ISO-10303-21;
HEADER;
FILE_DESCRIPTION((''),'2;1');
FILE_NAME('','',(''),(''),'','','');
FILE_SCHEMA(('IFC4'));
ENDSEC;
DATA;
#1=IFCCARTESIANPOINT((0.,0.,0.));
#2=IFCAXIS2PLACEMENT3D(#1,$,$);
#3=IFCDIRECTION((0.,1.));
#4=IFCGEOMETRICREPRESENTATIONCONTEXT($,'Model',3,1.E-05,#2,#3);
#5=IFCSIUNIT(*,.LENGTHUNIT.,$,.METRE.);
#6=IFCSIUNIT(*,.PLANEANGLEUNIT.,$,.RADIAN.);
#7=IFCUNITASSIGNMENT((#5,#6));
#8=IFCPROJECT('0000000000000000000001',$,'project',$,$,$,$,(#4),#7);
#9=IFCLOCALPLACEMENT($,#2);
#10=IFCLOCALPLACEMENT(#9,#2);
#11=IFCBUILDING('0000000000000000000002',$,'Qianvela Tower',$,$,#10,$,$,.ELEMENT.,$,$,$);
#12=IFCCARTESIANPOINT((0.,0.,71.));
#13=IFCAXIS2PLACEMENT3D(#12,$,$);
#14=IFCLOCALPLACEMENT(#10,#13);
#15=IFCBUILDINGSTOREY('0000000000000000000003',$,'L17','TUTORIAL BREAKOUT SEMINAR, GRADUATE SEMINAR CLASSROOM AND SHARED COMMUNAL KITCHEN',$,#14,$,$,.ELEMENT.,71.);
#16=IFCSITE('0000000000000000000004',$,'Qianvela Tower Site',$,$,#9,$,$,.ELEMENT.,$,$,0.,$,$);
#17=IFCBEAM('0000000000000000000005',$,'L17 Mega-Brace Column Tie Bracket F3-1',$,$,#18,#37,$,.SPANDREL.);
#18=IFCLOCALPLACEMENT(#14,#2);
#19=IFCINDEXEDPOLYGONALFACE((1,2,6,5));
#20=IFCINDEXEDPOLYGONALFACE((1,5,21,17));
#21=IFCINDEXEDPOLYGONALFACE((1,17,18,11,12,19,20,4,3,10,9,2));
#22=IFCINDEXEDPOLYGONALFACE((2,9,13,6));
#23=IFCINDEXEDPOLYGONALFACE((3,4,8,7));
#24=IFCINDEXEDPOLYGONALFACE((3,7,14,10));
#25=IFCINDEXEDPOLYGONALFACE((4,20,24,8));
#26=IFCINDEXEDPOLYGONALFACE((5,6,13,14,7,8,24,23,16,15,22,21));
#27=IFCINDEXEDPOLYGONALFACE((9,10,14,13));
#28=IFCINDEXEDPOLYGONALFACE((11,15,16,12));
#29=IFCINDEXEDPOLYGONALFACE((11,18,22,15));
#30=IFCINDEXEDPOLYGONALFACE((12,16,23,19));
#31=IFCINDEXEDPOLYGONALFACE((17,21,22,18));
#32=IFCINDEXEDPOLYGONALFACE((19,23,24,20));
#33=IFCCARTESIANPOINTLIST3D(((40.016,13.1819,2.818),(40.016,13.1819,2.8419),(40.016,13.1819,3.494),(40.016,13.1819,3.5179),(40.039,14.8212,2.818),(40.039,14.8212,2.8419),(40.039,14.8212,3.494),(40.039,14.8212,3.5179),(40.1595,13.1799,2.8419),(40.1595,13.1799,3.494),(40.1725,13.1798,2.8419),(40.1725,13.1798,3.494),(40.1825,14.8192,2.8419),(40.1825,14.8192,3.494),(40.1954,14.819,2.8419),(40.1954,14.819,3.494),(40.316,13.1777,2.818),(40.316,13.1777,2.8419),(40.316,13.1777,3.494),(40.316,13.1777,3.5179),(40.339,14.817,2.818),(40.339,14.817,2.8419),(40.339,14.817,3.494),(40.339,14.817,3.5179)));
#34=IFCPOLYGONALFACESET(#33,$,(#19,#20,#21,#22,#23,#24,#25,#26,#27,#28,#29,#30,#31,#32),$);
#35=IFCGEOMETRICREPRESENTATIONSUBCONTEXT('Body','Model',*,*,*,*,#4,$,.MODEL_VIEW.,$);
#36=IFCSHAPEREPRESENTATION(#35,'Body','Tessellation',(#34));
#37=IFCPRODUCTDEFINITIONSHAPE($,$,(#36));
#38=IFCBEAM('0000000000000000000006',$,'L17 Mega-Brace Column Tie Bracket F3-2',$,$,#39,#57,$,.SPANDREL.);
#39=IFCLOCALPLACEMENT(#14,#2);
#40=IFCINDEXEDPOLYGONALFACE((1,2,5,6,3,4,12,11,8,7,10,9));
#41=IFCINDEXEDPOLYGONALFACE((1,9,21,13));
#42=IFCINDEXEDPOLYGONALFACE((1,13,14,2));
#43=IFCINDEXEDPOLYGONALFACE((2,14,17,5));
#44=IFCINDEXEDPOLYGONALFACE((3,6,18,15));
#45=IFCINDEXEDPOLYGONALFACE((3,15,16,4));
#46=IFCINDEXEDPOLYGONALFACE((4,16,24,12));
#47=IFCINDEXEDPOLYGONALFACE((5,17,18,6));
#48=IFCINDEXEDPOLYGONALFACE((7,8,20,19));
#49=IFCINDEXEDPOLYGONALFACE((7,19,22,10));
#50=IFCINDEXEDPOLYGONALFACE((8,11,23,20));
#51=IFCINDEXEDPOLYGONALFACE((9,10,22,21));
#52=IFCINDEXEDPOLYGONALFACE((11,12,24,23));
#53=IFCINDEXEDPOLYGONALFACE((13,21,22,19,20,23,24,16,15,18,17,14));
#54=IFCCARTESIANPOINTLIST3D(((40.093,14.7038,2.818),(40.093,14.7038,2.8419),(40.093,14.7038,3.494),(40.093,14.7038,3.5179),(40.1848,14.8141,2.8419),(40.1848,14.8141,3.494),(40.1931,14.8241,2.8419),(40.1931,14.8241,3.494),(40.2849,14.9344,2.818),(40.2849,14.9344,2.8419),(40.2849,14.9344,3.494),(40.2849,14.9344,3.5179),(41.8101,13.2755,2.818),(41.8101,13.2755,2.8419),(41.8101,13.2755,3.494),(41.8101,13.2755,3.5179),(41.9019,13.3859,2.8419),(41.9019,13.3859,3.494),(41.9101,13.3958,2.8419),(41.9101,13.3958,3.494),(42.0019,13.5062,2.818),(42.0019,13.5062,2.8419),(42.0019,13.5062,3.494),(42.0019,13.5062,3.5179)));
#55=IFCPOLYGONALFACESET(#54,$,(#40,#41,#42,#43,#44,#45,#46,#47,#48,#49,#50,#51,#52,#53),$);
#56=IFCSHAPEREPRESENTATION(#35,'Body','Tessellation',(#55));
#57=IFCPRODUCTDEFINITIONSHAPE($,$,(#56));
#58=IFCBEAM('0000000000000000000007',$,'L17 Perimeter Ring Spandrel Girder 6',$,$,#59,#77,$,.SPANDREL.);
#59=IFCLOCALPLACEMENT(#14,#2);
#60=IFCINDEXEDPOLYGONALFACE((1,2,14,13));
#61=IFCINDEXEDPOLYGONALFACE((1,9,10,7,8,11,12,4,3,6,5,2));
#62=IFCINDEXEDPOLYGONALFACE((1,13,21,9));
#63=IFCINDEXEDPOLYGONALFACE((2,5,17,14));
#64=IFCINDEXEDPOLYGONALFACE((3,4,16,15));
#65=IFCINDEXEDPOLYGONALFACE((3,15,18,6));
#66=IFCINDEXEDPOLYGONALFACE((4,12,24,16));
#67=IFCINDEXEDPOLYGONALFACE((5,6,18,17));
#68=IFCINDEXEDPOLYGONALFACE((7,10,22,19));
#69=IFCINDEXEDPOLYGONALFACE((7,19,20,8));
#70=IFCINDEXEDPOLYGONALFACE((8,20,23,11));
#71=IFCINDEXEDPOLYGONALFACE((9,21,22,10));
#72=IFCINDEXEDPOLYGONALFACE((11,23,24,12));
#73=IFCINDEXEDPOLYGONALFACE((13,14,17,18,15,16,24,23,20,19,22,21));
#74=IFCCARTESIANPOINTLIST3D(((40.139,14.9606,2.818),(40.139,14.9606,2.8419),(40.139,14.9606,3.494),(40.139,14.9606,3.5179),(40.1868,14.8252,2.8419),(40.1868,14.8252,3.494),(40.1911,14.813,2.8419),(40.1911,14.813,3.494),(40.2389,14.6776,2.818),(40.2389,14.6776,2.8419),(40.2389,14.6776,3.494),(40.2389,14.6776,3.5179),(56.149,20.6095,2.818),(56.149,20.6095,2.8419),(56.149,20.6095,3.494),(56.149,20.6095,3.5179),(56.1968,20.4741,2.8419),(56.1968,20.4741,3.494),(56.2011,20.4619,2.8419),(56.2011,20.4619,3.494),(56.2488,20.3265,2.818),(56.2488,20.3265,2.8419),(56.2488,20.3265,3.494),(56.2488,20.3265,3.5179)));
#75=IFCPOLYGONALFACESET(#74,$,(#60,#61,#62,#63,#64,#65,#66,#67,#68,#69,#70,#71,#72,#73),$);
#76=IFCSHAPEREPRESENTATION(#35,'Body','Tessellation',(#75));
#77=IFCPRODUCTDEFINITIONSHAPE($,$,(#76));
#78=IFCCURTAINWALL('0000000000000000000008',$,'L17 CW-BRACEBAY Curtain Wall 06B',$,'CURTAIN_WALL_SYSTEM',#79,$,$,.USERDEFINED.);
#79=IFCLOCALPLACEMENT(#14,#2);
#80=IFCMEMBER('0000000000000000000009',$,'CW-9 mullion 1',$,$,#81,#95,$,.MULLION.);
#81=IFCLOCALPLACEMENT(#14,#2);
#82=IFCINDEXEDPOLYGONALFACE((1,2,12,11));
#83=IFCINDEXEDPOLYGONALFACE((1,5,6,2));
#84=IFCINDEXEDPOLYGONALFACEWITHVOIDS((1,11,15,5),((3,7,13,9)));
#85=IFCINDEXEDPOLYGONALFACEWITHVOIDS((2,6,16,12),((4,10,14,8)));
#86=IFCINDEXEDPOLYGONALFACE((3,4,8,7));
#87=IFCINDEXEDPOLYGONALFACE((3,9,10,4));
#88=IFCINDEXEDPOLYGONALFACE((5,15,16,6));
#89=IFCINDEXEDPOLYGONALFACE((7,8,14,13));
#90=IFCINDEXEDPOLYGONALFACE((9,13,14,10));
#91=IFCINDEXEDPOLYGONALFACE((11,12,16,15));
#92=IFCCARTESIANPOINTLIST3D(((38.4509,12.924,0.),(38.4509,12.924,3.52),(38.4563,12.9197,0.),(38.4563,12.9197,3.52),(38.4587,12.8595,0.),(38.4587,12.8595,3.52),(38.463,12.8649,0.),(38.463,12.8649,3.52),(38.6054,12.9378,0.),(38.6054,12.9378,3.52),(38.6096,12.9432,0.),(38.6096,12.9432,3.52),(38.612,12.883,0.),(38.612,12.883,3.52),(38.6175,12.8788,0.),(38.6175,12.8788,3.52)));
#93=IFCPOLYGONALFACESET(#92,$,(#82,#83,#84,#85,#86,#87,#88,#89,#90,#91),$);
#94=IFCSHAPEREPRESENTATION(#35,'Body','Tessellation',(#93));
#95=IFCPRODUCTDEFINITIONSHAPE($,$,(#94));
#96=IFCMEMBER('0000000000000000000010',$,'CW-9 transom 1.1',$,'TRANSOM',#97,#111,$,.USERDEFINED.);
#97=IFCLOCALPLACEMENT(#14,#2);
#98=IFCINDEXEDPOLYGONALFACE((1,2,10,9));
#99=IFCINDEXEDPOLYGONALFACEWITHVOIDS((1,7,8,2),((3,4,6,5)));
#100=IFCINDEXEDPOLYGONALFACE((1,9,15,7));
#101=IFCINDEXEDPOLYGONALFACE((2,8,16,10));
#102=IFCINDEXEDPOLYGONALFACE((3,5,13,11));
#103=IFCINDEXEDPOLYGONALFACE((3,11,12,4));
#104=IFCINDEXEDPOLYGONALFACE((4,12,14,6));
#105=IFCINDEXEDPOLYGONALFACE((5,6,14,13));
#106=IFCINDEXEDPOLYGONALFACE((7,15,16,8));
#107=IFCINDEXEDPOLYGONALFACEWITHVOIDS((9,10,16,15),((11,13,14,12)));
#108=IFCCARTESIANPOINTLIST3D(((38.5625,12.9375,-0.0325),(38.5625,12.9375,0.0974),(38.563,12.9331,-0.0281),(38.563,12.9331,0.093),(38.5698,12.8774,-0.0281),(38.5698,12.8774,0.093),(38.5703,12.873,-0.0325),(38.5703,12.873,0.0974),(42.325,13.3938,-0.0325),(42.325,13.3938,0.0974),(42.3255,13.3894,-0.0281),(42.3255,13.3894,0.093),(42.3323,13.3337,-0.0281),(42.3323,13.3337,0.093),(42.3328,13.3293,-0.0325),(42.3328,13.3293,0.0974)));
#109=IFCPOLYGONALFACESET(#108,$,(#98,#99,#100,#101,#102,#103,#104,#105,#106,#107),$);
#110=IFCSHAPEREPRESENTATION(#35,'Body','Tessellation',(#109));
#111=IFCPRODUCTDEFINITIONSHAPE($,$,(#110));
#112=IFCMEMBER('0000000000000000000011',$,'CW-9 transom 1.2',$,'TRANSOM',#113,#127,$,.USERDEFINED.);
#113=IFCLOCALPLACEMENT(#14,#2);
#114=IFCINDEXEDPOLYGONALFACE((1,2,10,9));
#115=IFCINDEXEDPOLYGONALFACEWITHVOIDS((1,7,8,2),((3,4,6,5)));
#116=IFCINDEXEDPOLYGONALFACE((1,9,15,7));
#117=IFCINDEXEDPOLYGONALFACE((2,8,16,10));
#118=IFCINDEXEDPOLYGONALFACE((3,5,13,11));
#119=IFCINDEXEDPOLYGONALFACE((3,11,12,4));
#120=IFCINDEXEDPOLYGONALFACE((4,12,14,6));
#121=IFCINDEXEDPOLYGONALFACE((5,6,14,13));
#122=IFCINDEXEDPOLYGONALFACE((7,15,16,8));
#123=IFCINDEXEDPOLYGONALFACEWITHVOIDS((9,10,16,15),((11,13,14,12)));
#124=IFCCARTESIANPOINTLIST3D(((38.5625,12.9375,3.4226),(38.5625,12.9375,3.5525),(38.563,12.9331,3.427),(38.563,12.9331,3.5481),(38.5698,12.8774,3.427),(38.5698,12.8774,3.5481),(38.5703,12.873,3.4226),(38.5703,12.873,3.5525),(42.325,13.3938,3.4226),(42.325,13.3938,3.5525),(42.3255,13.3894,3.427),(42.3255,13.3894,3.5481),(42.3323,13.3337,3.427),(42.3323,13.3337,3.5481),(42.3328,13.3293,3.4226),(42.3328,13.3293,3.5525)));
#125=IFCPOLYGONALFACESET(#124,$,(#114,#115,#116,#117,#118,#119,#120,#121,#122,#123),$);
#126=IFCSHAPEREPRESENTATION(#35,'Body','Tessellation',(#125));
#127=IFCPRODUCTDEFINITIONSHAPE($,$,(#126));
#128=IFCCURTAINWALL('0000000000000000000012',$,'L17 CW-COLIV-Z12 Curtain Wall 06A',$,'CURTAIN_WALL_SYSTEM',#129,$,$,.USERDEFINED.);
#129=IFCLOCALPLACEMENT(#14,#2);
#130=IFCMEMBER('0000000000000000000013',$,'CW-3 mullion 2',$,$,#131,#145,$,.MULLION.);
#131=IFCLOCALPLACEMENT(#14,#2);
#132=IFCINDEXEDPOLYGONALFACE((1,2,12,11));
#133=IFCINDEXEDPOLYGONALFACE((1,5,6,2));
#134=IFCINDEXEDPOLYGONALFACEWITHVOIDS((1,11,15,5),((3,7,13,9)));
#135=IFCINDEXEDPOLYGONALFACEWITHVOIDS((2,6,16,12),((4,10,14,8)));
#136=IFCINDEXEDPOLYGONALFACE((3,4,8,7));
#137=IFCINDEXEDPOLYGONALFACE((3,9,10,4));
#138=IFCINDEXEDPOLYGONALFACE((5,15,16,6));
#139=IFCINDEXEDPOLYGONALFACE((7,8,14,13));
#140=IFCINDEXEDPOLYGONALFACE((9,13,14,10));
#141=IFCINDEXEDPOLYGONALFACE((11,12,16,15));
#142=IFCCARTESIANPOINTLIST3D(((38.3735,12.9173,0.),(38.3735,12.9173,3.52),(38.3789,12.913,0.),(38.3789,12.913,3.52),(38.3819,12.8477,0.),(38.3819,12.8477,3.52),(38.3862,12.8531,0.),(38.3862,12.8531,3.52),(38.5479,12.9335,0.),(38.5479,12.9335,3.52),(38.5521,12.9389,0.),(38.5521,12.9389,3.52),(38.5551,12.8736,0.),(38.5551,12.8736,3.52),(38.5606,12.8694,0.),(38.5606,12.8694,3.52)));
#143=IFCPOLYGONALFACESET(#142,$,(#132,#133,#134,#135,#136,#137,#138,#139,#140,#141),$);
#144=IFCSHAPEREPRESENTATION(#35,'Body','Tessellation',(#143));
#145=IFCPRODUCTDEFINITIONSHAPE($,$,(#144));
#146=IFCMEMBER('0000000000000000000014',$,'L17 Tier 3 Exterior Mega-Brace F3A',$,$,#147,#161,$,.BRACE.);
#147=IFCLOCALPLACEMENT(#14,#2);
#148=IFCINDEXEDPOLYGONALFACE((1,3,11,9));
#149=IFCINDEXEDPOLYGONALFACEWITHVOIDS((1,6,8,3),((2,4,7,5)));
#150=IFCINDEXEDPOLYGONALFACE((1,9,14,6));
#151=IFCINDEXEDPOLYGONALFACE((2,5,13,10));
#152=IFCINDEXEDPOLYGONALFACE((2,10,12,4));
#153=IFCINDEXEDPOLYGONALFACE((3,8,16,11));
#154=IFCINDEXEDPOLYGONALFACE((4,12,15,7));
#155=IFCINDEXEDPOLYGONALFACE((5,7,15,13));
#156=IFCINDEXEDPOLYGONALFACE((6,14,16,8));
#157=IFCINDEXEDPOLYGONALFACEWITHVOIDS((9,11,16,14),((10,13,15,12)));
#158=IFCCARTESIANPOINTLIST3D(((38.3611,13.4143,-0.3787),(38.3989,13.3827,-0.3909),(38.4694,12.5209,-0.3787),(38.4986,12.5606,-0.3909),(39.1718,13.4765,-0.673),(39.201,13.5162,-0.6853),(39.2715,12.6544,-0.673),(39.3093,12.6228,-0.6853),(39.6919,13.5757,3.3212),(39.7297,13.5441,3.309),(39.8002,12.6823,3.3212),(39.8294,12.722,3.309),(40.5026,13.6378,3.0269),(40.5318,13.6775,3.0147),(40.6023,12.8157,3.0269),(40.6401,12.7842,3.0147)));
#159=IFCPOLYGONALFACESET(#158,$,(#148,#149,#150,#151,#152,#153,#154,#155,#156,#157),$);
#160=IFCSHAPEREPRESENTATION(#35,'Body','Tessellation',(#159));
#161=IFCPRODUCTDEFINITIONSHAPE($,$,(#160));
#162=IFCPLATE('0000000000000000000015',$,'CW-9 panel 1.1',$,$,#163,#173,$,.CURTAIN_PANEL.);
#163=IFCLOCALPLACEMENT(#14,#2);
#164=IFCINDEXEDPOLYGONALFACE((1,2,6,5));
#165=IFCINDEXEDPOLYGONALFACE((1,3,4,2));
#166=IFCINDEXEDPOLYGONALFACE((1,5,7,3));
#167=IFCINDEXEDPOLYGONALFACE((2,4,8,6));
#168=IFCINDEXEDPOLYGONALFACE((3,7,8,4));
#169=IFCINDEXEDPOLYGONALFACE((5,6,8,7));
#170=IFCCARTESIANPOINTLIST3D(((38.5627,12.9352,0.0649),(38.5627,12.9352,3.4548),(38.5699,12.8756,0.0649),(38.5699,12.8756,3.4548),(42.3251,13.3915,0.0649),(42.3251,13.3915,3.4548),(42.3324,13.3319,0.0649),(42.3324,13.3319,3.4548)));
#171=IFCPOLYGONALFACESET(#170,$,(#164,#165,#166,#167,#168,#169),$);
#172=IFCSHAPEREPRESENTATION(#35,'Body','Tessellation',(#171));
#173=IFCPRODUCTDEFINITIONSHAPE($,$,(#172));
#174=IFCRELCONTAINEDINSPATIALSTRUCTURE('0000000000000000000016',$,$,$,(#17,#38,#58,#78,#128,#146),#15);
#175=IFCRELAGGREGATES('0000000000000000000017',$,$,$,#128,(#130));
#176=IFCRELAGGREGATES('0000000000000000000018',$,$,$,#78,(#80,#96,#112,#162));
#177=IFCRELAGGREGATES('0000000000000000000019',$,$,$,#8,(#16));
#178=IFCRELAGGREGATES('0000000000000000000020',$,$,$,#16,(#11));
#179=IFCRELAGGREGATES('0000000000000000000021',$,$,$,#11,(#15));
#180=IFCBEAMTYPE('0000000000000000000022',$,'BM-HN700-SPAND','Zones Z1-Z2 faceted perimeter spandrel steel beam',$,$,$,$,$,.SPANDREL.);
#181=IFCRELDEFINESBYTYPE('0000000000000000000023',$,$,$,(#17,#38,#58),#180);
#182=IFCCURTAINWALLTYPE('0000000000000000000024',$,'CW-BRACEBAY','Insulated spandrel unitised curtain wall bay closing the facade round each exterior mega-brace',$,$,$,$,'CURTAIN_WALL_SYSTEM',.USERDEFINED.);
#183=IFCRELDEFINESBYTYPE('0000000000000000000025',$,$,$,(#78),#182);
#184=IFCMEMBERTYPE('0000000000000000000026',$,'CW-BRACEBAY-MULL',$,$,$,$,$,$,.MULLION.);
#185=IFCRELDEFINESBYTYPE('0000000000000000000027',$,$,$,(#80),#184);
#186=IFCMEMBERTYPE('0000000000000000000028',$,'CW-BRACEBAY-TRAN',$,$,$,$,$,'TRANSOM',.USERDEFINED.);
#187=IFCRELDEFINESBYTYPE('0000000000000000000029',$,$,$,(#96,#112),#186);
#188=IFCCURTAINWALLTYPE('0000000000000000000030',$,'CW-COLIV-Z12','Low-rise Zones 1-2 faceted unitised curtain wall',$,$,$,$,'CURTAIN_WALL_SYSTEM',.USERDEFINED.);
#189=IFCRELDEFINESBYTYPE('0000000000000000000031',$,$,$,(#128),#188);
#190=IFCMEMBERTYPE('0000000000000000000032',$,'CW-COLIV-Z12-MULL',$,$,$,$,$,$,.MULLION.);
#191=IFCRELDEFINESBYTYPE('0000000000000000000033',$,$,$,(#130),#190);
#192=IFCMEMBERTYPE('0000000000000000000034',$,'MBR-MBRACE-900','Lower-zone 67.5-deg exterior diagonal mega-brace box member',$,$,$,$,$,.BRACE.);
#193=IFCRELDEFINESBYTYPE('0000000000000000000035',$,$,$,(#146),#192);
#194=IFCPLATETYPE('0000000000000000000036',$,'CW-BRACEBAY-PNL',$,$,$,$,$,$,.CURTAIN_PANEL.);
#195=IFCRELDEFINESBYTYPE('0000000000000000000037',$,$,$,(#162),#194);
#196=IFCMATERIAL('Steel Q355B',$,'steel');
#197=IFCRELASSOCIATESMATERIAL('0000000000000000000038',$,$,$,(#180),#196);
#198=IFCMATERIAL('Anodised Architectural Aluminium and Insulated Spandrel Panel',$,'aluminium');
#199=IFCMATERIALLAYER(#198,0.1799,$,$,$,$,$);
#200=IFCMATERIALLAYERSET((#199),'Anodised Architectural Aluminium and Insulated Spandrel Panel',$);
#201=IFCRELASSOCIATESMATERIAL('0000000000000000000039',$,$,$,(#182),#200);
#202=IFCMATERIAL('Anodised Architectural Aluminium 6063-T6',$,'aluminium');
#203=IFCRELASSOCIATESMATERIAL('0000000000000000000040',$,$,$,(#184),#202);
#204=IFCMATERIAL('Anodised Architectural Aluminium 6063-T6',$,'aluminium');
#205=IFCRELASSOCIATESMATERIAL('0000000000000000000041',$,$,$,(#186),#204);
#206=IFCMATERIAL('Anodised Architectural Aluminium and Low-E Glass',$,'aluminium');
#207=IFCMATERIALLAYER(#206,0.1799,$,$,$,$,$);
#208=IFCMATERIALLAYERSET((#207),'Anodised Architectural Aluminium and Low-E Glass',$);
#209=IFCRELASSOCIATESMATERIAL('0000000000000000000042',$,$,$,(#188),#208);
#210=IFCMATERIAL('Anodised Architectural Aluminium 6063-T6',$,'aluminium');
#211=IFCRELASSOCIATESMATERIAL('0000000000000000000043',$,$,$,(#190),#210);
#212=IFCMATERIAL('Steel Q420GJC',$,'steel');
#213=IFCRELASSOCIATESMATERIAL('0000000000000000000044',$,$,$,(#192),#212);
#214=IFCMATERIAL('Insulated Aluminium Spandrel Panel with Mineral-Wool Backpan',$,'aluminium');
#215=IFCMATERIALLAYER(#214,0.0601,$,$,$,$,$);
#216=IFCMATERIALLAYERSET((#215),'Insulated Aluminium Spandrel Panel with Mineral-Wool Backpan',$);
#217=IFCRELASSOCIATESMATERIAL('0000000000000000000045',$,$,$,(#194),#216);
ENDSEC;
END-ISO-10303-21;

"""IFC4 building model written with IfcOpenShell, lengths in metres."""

from ifc_helpers import new_model, si_unit, direction, frame, origin, origin_2d, place, context, subcontext, project, spatial, rectangle, hollow_rectangle, i_section, extrude, material, layer, layer_set, material_profile, profile_set, type_object, element, aggregate, save


model = new_model("IFC4")

# Units and contexts
model_context = context("Model", 3, precision=1e-05, world=origin(), true_north=direction((0.0, 1.0)))
body_context = subcontext(model_context, "Body", "Model", "MODEL_VIEW")
ifc_project = project(units=[si_unit("LENGTHUNIT", "METRE"), si_unit("PLANEANGLEUNIT", "RADIAN")], contexts=[model_context])

# Site, building, storey
site_placement = place(None, origin())
site = spatial("IfcSite", under=ifc_project, at=site_placement, Name="Qianvela Tower Site", CompositionType="ELEMENT", RefElevation=0.0)
building_placement = place(site_placement, origin())
building = spatial("IfcBuilding", under=site, at=building_placement, Name="Qianvela Tower", CompositionType="ELEMENT")
storey_placement = place(building_placement, frame((0.0, 0.0, 71.0)))
storey = spatial("IfcBuildingStorey", under=building, at=storey_placement, Name="L17", Description="TUTORIAL BREAKOUT SEMINAR, GRADUATE SEMINAR CLASSROOM AND SHARED COMMUNAL KITCHEN", CompositionType="ELEMENT", Elevation=71.0)

# Beams
ifc_material_1 = material(Name="Steel Q355B", Category="steel")
ifc_material_profile_1 = material_profile(ifc_material_1, i_section(OverallWidth=0.3, OverallDepth=0.7, WebThickness=0.0129, FlangeThickness=0.0239, at=origin_2d()), Name="HN700x300x13x24")
ifc_profile_set_1 = profile_set([ifc_material_profile_1], Name="Steel Q355B")
beam_type_1 = type_object("IfcBeamType", Name="BM-HN700-SPAND", Description="Zones Z1-Z2 faceted perimeter spandrel steel beam", PredefinedType="SPANDREL", material=ifc_profile_set_1)
beam_1_placement = place(storey_placement, frame((40.189, 14.8191, 3.168), z_axis=(-0.013999, -0.999902, 0.0), x_axis=(0.999902, -0.013999, 0.0)))
element("IfcBeam", 1, at=beam_1_placement, inside=storey, type_object=beam_type_1, Name="L17 Mega-Brace Column Tie Bracket F3-1", PredefinedType="SPANDREL", context=body_context, shape_type="SweptSolid", body=[
    extrude(i_section(OverallWidth=0.3, OverallDepth=0.7, WebThickness=0.0129, FlangeThickness=0.0239, at=origin_2d()), origin(), (0.0, 0.0, 1.0), 1.6394),
])
beam_2_placement = place(storey_placement, frame((40.189, 14.8191, 3.168), z_axis=(0.768803, -0.639485, 0.0), x_axis=(0.639485, 0.768803, 0.0)))
element("IfcBeam", 2, at=beam_2_placement, inside=storey, type_object=beam_type_1, Name="L17 Mega-Brace Column Tie Bracket F3-2", PredefinedType="SPANDREL", context=body_context, shape_type="SweptSolid", body=[
    extrude(i_section(OverallWidth=0.3, OverallDepth=0.7, WebThickness=0.0129, FlangeThickness=0.0239, at=origin_2d()), origin(), (0.0, 0.0, 1.0), 2.2334),
])
beam_3_placement = place(storey_placement, frame((40.189, 14.8191, 3.168), z_axis=(0.943021, 0.332733, 0.0), x_axis=(-0.332733, 0.943021, 0.0)))
element("IfcBeam", 3, at=beam_3_placement, inside=storey, type_object=beam_type_1, Name="L17 Perimeter Ring Spandrel Girder 6", PredefinedType="SPANDREL", context=body_context, shape_type="SweptSolid", body=[
    extrude(i_section(OverallWidth=0.3, OverallDepth=0.7, WebThickness=0.0129, FlangeThickness=0.0239, at=origin_2d()), origin(), (0.0, 0.0, 1.0), 16.9773),
])

# Curtain wall, members
ifc_material_2 = material(Name="Anodised Architectural Aluminium and Insulated Spandrel Panel", Category="aluminium")
ifc_layer_1 = layer(ifc_material_2, 0.1799)
ifc_layer_set_1 = layer_set([ifc_layer_1], Name="Anodised Architectural Aluminium and Insulated Spandrel Panel")
curtain_wall_type_1 = type_object("IfcCurtainWallType", Name="CW-BRACEBAY", Description="Insulated spandrel unitised curtain wall bay closing the facade round each exterior mega-brace", ElementType="CURTAIN_WALL_SYSTEM", PredefinedType="USERDEFINED", material=ifc_layer_set_1)
curtain_wall_1_placement = place(storey_placement, origin())
curtain_wall_1 = element("IfcCurtainWall", 4, at=curtain_wall_1_placement, inside=storey, type_object=curtain_wall_type_1, Name="L17 CW-BRACEBAY Curtain Wall 06B", ObjectType="CURTAIN_WALL_SYSTEM", PredefinedType="USERDEFINED")
ifc_material_3 = material(Name="Anodised Architectural Aluminium 6063-T6", Category="aluminium")
ifc_material_profile_2 = material_profile(ifc_material_3, hollow_rectangle(XDim=0.0649, YDim=0.1599, WallThickness=0.0049, at=origin_2d()), Name="ALU-MULL-65x160")
ifc_profile_set_2 = profile_set([ifc_material_profile_2], Name="Anodised Architectural Aluminium 6063-T6")
member_type_1 = type_object("IfcMemberType", Name="CW-BRACEBAY-MULL", PredefinedType="MULLION", material=ifc_profile_set_2)
member_1_placement = place(storey_placement, frame((38.5342, 12.9014, 0.0), z_axis=(0.0, 0.0, 1.0), x_axis=(-0.120382, 0.992728, 0.0)))
member_1 = element("IfcMember", 5, at=member_1_placement, type_object=member_type_1, Name="CW-9 mullion 1", PredefinedType="MULLION", context=body_context, shape_type="SweptSolid", body=[
    extrude(hollow_rectangle(XDim=0.0649, YDim=0.1599, WallThickness=0.0049, at=origin_2d()), origin(), (0.0, 0.0, 1.0), 3.52),
])
ifc_material_4 = material(Name="Anodised Architectural Aluminium 6063-T6", Category="aluminium")
ifc_material_profile_3 = material_profile(ifc_material_4, hollow_rectangle(XDim=0.0649, YDim=0.1299, WallThickness=0.0044, at=origin_2d()), Name="ALU-TRAN-65x130")
ifc_profile_set_3 = profile_set([ifc_material_profile_3], Name="Anodised Architectural Aluminium 6063-T6")
member_type_2 = type_object("IfcMemberType", Name="CW-BRACEBAY-TRAN", ElementType="TRANSOM", PredefinedType="USERDEFINED", material=ifc_profile_set_3)
member_2_placement = place(storey_placement, frame((38.5664, 12.9053, 0.0325), z_axis=(0.992726, 0.120395, 0.0), x_axis=(-0.120395, 0.992726, 0.0)))
member_2 = element("IfcMember", 6, at=member_2_placement, type_object=member_type_2, Name="CW-9 transom 1.1", ObjectType="TRANSOM", PredefinedType="USERDEFINED", context=body_context, shape_type="SweptSolid", body=[
    extrude(hollow_rectangle(XDim=0.0649, YDim=0.1299, WallThickness=0.0044, at=origin_2d()), origin(), (0.0, 0.0, 1.0), 3.79),
])
member_3_placement = place(storey_placement, frame((38.5664, 12.9053, 3.4875), z_axis=(0.992726, 0.120395, 0.0), x_axis=(-0.120395, 0.992726, 0.0)))
member_3 = element("IfcMember", 7, at=member_3_placement, type_object=member_type_2, Name="CW-9 transom 1.2", ObjectType="TRANSOM", PredefinedType="USERDEFINED", context=body_context, shape_type="SweptSolid", body=[
    extrude(hollow_rectangle(XDim=0.0649, YDim=0.1299, WallThickness=0.0044, at=origin_2d()), origin(), (0.0, 0.0, 1.0), 3.79),
])

# Curtain wall, member
ifc_material_5 = material(Name="Anodised Architectural Aluminium and Low-E Glass", Category="aluminium")
ifc_layer_2 = layer(ifc_material_5, 0.1799)
ifc_layer_set_2 = layer_set([ifc_layer_2], Name="Anodised Architectural Aluminium and Low-E Glass")
curtain_wall_type_2 = type_object("IfcCurtainWallType", Name="CW-COLIV-Z12", Description="Low-rise Zones 1-2 faceted unitised curtain wall", ElementType="CURTAIN_WALL_SYSTEM", PredefinedType="USERDEFINED", material=ifc_layer_set_2)
curtain_wall_2_placement = place(storey_placement, origin())
curtain_wall_2 = element("IfcCurtainWall", 8, at=curtain_wall_2_placement, inside=storey, type_object=curtain_wall_type_2, Name="L17 CW-COLIV-Z12 Curtain Wall 06A", ObjectType="CURTAIN_WALL_SYSTEM", PredefinedType="USERDEFINED")
ifc_material_6 = material(Name="Anodised Architectural Aluminium 6063-T6", Category="aluminium")
ifc_material_profile_4 = material_profile(ifc_material_6, hollow_rectangle(XDim=0.0701, YDim=0.1799, WallThickness=0.0049, at=origin_2d()), Name="ALU-MULL-70x180")
ifc_profile_set_4 = profile_set([ifc_material_profile_4], Name="Anodised Architectural Aluminium 6063-T6")
member_type_3 = type_object("IfcMemberType", Name="CW-COLIV-Z12-MULL", PredefinedType="MULLION", material=ifc_profile_set_4)
member_4_placement = place(storey_placement, frame((38.467, 12.8933, 0.0), z_axis=(0.0, 0.0, 1.0), x_axis=(-0.12036, 0.99273, 0.0)))
member_4 = element("IfcMember", 9, at=member_4_placement, type_object=member_type_3, Name="CW-3 mullion 2", PredefinedType="MULLION", context=body_context, shape_type="SweptSolid", body=[
    extrude(hollow_rectangle(XDim=0.0701, YDim=0.1799, WallThickness=0.0049, at=origin_2d()), origin(), (0.0, 0.0, 1.0), 3.52),
])
aggregate(curtain_wall_2, [member_4])

# Member
ifc_material_7 = material(Name="Steel Q420GJC", Category="steel")
ifc_material_profile_5 = material_profile(ifc_material_7, hollow_rectangle(XDim=0.8999, YDim=0.8999, WallThickness=0.0359, at=origin_2d()), Name="MBOX-900x900x36")
ifc_profile_set_5 = profile_set([ifc_material_profile_5], Name="Steel Q420GJC")
member_type_4 = type_object("IfcMemberType", Name="MBR-MBRACE-900", Description="Lower-zone 67.5-deg exterior diagonal mega-brace box member", PredefinedType="BRACE", material=ifc_profile_set_5)
member_5_placement = place(storey_placement, frame((38.8352, 13.0186, -0.532), z_axis=(0.338171, 0.041007, 0.940191), x_axis=(-0.12038, 0.992728, 0.0)))
element("IfcMember", 10, at=member_5_placement, inside=storey, type_object=member_type_4, Name="L17 Tier 3 Exterior Mega-Brace F3A", PredefinedType="BRACE", context=body_context, shape_type="SweptSolid", body=[
    extrude(hollow_rectangle(XDim=0.8999, YDim=0.8999, WallThickness=0.0359, at=origin_2d()), origin(), (0.0, 0.0, 1.0), 3.9353),
])

# Plate
ifc_material_8 = material(Name="Insulated Aluminium Spandrel Panel with Mineral-Wool Backpan", Category="aluminium")
ifc_layer_3 = layer(ifc_material_8, 0.0601)
ifc_layer_set_3 = layer_set([ifc_layer_3], Name="Insulated Aluminium Spandrel Panel with Mineral-Wool Backpan")
plate_type_1 = type_object("IfcPlateType", Name="CW-BRACEBAY-PNL", PredefinedType="CURTAIN_PANEL", material=ifc_layer_set_3)
plate_placement = place(storey_placement, frame((40.4475, 13.1335, 0.0649), z_axis=(0.0, 0.0, 1.0), x_axis=(0.992728, 0.120382, 0.0)))
plate = element("IfcPlate", 11, at=plate_placement, type_object=plate_type_1, Name="CW-9 panel 1.1", PredefinedType="CURTAIN_PANEL", context=body_context, shape_type="SweptSolid", body=[
    extrude(rectangle(XDim=3.79, YDim=0.0601, at=origin_2d()), origin(), (0.0, 0.0, 1.0), 3.3899),
])
aggregate(curtain_wall_1, [member_1, member_2, member_3, plate])

save(model, "model.ifc")
